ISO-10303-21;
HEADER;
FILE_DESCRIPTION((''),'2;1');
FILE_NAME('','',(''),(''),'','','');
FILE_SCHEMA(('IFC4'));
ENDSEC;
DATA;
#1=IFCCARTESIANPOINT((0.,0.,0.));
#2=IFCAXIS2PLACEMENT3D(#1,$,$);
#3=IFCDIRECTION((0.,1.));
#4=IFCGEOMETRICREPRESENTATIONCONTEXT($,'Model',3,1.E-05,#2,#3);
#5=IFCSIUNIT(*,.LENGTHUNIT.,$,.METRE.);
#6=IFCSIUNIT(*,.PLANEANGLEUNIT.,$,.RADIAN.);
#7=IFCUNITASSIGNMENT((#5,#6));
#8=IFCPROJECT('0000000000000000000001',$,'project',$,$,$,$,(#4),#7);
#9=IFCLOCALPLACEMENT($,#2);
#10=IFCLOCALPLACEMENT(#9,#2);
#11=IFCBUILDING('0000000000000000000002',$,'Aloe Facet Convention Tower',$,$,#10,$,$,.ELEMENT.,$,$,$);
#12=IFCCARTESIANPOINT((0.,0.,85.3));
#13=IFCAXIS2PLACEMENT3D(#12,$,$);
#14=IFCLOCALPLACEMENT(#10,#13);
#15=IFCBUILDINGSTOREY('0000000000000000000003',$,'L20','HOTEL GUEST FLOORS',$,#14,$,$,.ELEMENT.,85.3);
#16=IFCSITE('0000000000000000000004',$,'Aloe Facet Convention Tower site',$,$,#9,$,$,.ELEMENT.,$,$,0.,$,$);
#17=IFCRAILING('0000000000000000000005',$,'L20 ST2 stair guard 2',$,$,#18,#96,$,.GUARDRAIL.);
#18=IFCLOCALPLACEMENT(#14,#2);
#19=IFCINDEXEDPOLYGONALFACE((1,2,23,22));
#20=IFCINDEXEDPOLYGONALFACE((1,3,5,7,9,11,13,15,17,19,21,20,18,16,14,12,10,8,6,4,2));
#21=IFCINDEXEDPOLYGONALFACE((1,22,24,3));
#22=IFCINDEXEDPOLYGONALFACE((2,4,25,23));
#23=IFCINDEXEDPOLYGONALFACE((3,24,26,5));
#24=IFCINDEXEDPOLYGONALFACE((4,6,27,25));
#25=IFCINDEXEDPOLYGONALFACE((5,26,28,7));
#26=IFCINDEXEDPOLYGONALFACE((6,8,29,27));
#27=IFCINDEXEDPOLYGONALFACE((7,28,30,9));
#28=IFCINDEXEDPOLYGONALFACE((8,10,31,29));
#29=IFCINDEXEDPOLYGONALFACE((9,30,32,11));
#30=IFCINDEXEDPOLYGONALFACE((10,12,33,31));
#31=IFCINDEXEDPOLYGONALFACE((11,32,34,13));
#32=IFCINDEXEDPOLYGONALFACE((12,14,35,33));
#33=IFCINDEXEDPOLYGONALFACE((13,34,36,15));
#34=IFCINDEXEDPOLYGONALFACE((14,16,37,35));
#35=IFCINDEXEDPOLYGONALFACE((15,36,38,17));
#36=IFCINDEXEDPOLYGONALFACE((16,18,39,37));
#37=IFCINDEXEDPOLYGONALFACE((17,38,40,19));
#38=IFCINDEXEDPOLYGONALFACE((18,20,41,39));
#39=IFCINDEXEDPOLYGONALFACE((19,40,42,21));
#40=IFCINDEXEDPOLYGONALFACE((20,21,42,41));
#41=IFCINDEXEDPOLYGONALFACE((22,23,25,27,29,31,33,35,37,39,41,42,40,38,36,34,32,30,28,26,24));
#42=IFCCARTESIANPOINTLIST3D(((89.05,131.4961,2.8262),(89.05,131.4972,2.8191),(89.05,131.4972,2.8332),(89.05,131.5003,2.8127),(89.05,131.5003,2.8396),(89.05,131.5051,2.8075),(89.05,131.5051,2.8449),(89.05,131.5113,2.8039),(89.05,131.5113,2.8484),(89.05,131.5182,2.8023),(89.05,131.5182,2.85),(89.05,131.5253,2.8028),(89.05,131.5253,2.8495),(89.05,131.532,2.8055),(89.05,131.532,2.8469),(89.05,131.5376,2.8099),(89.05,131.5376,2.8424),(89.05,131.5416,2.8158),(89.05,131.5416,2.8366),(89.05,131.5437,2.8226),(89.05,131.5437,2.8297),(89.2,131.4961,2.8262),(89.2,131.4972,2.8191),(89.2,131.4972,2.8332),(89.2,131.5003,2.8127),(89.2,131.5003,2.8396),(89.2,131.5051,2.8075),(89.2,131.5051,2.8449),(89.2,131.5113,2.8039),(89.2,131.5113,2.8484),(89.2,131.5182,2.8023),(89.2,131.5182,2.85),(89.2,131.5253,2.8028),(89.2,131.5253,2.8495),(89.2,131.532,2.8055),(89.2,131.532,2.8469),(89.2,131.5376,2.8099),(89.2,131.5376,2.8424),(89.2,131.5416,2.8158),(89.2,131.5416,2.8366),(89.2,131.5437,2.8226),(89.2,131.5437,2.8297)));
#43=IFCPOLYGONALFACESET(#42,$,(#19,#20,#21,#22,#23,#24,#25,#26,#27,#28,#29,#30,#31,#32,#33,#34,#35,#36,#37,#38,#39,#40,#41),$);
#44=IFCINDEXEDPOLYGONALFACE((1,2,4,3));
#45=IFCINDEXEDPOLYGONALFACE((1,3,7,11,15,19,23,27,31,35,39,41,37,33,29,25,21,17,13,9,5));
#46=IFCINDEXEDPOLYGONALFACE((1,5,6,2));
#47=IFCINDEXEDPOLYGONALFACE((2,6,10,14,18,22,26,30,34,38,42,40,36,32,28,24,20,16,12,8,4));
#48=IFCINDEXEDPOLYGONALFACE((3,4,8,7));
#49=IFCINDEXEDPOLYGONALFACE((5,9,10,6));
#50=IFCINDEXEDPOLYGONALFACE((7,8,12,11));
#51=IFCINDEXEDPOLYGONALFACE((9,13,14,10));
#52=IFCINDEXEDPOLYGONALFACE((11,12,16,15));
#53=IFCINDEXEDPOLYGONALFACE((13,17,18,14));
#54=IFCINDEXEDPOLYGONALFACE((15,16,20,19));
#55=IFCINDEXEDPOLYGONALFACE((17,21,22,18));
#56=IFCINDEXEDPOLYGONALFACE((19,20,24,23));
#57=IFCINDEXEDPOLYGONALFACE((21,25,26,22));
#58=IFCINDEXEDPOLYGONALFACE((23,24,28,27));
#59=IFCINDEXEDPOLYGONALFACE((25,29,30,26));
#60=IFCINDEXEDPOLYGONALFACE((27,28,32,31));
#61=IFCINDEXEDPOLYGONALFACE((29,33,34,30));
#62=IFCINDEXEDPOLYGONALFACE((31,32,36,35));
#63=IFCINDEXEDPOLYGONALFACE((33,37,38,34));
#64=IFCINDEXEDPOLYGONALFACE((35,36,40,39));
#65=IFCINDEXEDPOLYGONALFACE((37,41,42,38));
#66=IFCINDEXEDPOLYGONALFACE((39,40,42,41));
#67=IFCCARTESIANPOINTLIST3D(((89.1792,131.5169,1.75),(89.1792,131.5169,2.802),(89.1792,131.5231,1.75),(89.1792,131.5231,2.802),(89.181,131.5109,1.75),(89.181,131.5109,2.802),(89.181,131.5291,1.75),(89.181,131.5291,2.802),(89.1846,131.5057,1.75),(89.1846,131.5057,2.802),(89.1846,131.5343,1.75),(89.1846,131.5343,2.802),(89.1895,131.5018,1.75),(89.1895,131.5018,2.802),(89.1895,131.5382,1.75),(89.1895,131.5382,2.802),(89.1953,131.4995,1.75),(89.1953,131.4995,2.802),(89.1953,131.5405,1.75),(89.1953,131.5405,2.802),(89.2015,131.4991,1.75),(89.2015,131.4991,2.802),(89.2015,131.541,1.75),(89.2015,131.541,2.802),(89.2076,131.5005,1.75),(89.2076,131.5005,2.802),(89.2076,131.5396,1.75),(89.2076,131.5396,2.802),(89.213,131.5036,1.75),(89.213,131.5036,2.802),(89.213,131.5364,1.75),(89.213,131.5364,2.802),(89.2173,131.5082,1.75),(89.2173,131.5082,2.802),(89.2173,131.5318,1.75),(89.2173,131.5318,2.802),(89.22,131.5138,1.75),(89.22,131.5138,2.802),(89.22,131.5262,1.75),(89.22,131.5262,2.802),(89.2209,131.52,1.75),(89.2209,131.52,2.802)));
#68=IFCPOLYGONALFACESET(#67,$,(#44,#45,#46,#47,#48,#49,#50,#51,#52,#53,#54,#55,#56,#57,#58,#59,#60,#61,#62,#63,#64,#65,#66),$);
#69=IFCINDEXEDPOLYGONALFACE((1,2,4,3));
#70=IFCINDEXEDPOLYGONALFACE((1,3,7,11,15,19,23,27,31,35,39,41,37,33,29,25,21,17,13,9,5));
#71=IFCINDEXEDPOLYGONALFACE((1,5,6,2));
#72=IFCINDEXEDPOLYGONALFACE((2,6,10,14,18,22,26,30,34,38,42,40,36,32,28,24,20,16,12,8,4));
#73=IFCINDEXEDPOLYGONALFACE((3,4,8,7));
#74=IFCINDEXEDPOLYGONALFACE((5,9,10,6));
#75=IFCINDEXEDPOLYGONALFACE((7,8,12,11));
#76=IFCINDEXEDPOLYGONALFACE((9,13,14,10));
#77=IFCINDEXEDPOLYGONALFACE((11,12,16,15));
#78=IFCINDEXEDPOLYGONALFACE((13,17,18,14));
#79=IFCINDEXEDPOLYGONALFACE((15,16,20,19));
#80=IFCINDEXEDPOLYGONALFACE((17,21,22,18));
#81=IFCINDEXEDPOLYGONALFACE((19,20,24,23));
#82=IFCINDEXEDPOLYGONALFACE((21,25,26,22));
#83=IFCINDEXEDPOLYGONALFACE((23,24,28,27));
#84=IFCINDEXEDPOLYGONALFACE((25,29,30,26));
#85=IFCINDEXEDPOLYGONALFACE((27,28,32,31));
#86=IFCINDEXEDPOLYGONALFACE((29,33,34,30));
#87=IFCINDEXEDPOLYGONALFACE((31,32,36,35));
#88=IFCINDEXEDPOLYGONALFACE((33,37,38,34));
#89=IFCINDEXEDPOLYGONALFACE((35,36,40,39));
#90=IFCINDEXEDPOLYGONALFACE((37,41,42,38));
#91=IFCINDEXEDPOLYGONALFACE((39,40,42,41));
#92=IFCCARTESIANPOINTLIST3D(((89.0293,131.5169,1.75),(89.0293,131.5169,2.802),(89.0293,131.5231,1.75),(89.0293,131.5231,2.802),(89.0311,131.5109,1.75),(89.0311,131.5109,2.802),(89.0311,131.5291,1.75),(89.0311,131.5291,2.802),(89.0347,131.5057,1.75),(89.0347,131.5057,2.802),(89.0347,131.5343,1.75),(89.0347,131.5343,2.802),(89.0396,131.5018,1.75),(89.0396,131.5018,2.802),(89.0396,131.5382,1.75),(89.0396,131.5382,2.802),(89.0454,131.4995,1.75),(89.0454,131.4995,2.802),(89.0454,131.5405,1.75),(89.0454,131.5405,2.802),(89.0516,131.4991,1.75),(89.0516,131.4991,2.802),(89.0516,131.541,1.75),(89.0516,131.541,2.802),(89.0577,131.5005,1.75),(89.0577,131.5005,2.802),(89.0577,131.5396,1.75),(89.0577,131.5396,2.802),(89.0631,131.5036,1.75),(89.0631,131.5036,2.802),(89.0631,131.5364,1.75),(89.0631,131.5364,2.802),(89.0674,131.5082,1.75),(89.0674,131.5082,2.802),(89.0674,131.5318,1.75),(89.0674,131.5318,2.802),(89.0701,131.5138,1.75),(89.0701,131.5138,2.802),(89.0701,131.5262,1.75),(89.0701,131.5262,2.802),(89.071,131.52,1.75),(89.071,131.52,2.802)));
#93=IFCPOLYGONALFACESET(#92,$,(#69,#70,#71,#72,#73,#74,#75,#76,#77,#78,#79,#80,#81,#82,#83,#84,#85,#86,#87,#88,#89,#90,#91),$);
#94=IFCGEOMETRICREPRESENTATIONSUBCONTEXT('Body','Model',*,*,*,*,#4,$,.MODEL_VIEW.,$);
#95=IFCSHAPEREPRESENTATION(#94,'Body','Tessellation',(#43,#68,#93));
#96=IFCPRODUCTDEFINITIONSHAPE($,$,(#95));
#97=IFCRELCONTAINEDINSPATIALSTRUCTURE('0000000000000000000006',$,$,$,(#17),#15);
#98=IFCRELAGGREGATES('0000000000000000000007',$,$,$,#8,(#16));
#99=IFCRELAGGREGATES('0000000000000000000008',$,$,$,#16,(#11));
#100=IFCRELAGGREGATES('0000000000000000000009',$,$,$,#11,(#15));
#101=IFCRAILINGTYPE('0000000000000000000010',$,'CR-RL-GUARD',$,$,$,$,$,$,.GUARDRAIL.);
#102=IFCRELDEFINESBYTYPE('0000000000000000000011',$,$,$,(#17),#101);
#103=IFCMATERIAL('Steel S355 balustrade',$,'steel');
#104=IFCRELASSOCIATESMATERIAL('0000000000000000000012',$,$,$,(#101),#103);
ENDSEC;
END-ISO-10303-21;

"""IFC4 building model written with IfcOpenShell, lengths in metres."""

from ifc_helpers import new_model, si_unit, direction, frame, origin, origin_2d, place, context, subcontext, project, spatial, circle, extrude, material, type_object, element, save


model = new_model("IFC4")

# Units and contexts
model_context = context("Model", 3, precision=1e-05, world=origin(), true_north=direction((0.0, 1.0)))
body_context = subcontext(model_context, "Body", "Model", "MODEL_VIEW")
ifc_project = project(units=[si_unit("LENGTHUNIT", "METRE"), si_unit("PLANEANGLEUNIT", "RADIAN")], contexts=[model_context])

# Site, building, storey
site_placement = place(None, origin())
site = spatial("IfcSite", under=ifc_project, at=site_placement, Name="Aloe Facet Convention Tower site", CompositionType="ELEMENT", RefElevation=0.0)
building_placement = place(site_placement, origin())
building = spatial("IfcBuilding", under=site, at=building_placement, Name="Aloe Facet Convention Tower", CompositionType="ELEMENT")
storey_placement = place(building_placement, frame((0.0, 0.0, 85.3)))
storey = spatial("IfcBuildingStorey", under=building, at=storey_placement, Name="L20", Description="HOTEL GUEST FLOORS", CompositionType="ELEMENT", Elevation=85.3)

# Railing
ifc_material_1 = material(Name="Steel S355 balustrade", Category="steel")
railing_type_1 = type_object("IfcRailingType", Name="CR-RL-GUARD", PredefinedType="GUARDRAIL", material=ifc_material_1)
railing_1_placement = place(storey_placement, frame((89.2, 131.52, 1.75)))
element("IfcRailing", 1, at=railing_1_placement, inside=storey, type_object=railing_type_1, Name="L20 ST2 stair guard 2", PredefinedType="GUARDRAIL", context=body_context, shape_type="SweptSolid", body=[
    extrude(circle(Radius=0.0239, at=origin_2d()), frame((0.0, 0.0, 1.0762), z_axis=(-1.0, 0.0, 0.0), x_axis=(0.0, -1.0, 0.0)), (0.0, 0.0, 1.0), 0.1499),
    extrude(circle(Radius=0.021, at=origin_2d()), origin(), (0.0, 0.0, 1.0), 1.052),
    extrude(circle(Radius=0.021, at=origin_2d()), frame((-0.1499, 0.0, 0.0)), (0.0, 0.0, 1.0), 1.052),
])

save(model, "model.ifc")
